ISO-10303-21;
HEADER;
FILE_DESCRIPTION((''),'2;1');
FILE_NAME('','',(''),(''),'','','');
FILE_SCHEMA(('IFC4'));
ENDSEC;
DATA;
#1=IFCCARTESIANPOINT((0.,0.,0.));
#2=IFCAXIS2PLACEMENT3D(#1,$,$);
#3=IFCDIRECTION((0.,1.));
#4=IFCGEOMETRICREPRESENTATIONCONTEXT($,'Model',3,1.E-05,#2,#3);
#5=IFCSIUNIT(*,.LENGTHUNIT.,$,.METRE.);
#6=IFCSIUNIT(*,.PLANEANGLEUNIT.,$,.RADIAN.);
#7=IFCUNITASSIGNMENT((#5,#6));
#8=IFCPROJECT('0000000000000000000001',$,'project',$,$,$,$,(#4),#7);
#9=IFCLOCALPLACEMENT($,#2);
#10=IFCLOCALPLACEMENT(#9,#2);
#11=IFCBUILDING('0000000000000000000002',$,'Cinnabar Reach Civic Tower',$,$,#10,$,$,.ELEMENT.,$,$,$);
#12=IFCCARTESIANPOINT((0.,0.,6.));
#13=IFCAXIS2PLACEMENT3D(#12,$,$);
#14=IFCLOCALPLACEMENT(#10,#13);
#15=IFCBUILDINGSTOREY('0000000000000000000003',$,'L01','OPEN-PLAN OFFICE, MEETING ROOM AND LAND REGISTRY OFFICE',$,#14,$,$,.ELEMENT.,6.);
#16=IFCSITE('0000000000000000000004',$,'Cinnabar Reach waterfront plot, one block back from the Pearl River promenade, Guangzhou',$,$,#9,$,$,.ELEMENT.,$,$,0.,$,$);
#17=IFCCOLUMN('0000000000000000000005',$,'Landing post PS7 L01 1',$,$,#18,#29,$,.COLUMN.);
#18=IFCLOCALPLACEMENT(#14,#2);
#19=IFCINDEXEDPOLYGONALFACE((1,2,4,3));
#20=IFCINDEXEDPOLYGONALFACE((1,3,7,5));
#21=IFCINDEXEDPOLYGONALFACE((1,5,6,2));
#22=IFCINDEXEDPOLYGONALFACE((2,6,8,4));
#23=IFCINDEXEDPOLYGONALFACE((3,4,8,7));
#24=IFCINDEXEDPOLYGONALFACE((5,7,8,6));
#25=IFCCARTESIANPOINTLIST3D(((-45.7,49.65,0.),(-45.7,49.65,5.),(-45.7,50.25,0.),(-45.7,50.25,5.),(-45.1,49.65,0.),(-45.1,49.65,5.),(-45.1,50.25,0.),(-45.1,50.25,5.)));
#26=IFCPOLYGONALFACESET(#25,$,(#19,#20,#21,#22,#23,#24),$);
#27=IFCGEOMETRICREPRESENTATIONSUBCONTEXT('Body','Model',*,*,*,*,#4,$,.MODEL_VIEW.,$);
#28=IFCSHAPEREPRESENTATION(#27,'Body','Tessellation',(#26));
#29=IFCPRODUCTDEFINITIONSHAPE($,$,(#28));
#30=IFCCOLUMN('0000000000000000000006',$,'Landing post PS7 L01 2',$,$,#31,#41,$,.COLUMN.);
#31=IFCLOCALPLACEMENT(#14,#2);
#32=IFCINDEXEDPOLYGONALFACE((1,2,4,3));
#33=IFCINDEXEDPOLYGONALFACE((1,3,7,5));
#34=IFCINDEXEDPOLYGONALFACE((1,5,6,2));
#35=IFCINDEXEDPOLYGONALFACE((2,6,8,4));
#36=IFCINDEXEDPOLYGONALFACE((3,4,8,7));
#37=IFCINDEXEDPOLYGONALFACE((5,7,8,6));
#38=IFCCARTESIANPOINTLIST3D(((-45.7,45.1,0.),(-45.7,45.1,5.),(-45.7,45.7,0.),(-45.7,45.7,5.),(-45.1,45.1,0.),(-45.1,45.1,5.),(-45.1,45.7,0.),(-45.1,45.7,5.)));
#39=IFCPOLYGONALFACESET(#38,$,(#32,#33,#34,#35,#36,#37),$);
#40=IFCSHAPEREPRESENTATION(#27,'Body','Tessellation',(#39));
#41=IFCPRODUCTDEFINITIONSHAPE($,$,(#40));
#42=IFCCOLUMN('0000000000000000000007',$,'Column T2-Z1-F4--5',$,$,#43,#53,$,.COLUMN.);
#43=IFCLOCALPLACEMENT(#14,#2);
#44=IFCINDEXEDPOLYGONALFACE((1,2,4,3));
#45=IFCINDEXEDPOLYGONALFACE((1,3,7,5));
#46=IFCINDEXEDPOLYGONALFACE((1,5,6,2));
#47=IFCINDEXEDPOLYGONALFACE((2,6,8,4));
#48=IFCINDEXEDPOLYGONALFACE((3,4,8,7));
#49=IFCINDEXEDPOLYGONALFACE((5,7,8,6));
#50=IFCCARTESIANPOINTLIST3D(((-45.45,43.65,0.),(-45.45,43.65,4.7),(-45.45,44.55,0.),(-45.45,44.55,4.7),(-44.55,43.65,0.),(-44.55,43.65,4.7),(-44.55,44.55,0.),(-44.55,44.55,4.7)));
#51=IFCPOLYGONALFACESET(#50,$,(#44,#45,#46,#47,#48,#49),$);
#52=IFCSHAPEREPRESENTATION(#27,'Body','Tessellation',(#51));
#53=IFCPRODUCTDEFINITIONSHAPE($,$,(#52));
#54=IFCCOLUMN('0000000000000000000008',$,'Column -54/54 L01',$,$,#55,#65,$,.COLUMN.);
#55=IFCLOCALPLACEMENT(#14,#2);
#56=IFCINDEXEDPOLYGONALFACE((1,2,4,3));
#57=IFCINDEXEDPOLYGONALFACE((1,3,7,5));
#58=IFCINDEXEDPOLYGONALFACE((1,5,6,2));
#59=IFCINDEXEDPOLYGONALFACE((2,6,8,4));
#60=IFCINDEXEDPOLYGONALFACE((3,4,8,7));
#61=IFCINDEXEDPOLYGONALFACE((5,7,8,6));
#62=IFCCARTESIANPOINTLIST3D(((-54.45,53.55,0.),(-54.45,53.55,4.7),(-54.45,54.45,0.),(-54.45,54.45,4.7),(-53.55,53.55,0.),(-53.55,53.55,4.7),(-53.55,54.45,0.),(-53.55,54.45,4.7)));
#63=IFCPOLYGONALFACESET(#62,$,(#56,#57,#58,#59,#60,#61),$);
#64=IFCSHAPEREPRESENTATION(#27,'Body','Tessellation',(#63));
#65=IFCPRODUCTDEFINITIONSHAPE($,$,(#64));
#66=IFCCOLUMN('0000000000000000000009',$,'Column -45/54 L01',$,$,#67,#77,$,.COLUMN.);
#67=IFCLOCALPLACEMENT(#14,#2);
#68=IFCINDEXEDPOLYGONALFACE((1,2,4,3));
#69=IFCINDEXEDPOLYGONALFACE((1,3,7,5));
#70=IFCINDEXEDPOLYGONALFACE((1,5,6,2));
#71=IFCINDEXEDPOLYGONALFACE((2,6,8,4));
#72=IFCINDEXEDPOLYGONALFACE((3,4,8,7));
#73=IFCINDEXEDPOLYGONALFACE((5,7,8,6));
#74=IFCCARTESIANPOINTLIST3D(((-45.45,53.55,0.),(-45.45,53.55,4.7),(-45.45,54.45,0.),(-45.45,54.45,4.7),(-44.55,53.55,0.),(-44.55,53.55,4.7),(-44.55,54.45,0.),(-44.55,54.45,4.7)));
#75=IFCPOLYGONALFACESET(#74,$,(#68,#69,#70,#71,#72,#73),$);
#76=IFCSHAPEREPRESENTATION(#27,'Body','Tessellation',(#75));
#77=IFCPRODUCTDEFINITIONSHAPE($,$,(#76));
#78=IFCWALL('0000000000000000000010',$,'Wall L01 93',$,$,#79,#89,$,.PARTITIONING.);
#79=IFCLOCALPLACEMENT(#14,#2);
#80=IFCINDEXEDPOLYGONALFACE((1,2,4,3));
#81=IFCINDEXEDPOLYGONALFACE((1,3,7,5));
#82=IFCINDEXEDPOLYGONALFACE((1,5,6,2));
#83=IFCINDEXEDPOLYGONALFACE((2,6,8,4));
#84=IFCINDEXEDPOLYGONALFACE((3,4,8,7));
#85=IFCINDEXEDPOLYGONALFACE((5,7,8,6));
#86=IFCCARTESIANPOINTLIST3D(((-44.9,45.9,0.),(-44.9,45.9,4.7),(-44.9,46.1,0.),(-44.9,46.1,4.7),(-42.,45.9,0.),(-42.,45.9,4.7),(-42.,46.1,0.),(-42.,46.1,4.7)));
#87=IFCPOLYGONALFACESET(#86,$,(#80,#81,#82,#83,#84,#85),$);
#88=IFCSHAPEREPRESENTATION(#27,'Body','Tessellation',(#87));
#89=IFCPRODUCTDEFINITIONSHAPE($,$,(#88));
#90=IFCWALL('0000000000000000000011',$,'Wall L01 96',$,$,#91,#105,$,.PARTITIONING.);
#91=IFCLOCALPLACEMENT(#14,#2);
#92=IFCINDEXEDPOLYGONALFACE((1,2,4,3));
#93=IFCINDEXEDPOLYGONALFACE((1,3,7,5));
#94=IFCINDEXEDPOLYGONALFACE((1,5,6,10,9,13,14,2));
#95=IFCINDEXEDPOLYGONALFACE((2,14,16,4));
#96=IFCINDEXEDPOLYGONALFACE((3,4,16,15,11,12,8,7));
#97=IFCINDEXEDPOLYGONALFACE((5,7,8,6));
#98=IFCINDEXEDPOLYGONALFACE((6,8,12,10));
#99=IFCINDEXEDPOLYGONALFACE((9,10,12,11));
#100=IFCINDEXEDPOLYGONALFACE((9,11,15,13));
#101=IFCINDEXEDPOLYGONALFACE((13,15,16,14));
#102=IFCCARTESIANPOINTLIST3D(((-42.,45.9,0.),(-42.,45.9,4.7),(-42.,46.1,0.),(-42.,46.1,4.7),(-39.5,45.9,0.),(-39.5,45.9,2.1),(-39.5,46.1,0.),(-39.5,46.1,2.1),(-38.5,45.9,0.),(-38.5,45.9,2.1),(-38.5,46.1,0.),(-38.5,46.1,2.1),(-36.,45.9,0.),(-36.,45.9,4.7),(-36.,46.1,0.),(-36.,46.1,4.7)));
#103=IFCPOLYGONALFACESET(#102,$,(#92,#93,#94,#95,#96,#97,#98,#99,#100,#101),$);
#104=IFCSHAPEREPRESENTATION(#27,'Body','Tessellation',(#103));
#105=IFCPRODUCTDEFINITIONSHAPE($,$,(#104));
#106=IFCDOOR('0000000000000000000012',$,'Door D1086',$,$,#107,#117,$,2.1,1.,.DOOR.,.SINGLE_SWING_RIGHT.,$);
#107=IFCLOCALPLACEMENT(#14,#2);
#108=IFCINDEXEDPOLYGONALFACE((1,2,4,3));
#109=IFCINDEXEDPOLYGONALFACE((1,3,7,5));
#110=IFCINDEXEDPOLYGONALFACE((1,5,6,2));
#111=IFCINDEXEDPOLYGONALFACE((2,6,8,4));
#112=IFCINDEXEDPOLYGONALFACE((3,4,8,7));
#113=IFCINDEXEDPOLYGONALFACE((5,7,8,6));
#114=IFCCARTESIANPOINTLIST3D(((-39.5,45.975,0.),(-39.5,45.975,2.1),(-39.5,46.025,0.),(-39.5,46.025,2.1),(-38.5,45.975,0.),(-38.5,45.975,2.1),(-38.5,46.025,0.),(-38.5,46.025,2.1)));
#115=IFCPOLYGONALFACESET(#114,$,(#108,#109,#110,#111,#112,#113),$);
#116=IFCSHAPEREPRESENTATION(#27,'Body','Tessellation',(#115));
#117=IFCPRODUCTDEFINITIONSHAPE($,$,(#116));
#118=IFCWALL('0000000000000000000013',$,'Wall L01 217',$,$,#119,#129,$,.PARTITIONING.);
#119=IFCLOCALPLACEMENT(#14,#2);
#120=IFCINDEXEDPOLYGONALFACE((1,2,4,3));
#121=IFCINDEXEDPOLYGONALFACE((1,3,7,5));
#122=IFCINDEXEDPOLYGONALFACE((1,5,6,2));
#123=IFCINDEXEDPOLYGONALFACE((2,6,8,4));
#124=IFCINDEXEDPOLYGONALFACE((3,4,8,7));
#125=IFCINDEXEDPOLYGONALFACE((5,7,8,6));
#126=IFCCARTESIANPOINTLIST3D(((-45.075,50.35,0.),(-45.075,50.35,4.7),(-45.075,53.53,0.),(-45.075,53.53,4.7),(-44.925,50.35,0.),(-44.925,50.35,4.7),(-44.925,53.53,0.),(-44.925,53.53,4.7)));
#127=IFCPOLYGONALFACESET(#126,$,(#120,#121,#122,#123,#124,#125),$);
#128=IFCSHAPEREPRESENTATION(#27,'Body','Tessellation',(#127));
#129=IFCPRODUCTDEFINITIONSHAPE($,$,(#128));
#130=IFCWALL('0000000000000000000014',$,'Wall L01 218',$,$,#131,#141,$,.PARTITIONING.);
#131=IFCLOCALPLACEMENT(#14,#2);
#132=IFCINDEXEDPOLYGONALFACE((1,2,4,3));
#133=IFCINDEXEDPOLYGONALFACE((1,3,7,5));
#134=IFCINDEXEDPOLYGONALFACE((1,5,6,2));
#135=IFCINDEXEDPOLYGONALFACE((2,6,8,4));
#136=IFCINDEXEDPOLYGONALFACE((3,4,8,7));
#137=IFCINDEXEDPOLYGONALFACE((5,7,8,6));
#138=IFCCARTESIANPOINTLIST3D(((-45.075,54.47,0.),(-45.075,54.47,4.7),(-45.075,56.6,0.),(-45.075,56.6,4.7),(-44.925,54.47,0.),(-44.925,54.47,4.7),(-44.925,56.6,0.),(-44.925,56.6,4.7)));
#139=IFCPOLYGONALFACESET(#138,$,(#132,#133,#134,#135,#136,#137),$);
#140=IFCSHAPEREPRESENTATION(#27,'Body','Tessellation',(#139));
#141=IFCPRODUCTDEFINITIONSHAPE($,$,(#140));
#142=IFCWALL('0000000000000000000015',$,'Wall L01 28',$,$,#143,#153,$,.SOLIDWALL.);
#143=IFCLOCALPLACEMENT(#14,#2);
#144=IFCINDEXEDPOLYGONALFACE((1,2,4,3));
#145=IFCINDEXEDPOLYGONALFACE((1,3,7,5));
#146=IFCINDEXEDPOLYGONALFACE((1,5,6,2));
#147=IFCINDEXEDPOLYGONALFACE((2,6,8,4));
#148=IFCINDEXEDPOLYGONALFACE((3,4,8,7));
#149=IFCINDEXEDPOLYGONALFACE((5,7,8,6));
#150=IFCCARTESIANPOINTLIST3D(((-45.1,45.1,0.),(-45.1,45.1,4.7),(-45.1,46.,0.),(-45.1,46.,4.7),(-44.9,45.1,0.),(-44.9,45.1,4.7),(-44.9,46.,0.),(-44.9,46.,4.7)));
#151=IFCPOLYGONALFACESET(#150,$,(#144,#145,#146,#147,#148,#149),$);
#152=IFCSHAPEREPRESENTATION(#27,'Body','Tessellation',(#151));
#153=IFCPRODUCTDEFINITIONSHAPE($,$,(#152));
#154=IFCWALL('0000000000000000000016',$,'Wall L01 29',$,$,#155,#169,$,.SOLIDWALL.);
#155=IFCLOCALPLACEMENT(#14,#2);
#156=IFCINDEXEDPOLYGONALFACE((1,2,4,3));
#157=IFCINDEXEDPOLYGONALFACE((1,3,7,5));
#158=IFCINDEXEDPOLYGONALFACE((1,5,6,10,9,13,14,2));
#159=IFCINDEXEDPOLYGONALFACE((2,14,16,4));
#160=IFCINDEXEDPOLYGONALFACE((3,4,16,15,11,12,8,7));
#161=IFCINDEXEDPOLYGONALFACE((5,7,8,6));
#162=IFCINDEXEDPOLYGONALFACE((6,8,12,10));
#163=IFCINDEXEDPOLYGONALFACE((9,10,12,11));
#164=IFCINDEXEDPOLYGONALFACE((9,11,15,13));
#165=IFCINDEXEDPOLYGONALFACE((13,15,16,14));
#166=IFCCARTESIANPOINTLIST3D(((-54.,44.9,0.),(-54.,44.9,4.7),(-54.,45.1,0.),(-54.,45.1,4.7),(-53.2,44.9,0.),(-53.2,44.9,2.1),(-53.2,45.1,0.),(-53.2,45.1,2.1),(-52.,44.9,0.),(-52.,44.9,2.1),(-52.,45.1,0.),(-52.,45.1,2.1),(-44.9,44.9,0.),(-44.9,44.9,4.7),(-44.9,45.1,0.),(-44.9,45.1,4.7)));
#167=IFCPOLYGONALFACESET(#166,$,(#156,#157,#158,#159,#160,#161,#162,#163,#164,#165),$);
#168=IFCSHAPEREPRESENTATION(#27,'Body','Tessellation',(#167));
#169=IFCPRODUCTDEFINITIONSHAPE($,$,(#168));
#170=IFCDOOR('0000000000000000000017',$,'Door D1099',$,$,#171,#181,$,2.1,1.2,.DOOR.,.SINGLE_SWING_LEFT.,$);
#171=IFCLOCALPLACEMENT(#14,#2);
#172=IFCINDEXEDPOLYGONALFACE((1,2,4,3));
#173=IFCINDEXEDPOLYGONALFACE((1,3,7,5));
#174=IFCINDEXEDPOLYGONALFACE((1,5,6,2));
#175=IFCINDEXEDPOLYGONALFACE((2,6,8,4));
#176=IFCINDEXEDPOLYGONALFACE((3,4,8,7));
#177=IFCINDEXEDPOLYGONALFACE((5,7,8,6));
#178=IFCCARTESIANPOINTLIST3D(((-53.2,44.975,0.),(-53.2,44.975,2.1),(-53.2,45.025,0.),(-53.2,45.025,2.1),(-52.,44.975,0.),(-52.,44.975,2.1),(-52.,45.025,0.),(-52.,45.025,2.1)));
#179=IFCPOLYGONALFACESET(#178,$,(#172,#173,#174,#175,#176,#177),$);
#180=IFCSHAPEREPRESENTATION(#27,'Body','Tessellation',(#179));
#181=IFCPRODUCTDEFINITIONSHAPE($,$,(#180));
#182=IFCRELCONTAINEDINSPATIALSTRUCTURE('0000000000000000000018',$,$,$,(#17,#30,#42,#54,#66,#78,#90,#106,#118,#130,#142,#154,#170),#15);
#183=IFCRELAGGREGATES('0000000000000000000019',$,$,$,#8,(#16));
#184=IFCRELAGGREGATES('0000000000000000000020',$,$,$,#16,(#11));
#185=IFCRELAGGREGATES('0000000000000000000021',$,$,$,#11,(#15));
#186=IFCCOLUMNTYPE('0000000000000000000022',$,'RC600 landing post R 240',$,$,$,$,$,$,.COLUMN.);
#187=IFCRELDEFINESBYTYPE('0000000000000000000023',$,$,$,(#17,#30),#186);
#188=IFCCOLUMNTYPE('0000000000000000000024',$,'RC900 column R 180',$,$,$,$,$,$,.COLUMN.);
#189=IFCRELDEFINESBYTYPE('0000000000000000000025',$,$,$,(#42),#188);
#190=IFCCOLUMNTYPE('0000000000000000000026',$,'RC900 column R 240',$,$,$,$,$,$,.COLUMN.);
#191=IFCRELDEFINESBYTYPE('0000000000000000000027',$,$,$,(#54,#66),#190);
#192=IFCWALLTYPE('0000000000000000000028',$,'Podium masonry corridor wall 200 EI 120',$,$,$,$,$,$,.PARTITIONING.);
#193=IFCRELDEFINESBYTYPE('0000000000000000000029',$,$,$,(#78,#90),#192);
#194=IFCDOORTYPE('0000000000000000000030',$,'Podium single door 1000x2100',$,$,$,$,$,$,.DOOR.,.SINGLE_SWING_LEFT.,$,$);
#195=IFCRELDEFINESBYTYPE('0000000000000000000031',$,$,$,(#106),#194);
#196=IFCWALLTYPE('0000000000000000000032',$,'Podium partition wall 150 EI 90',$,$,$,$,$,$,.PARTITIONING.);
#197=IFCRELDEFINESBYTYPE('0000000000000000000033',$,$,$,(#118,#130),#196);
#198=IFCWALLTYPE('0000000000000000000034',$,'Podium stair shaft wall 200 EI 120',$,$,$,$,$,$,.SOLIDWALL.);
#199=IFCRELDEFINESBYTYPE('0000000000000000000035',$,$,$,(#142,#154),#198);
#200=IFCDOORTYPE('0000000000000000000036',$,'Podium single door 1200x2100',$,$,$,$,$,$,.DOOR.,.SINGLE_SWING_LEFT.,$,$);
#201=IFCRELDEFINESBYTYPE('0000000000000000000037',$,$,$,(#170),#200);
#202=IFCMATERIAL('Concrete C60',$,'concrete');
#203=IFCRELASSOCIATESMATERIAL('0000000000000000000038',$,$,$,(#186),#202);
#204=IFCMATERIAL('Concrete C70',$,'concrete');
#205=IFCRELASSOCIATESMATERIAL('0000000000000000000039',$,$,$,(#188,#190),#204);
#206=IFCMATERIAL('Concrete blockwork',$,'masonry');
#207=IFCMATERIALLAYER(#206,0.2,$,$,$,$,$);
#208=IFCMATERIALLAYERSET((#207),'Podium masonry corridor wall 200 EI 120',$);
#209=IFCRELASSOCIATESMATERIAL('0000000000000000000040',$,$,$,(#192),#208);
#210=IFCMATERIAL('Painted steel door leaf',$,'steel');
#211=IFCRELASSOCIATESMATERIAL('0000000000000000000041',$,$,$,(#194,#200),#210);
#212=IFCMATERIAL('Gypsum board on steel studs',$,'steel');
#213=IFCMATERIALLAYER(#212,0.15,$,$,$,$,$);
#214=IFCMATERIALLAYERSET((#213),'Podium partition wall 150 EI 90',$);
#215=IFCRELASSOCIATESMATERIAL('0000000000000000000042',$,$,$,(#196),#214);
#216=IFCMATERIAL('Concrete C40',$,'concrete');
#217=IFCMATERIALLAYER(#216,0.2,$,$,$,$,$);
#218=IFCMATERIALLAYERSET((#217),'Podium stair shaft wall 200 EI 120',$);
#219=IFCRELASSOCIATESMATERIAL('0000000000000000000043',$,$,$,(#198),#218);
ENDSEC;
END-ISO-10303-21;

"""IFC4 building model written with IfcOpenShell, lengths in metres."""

from ifc_helpers import new_model, si_unit, direction, frame, frame_2d, origin, origin_2d, place, context, subcontext, project, spatial, rectangle, extrude, material, layer, layer_set, material_profile, profile_set, type_object, element, fill, save


model = new_model("IFC4")

# Units and contexts
model_context = context("Model", 3, precision=1e-05, world=origin(), true_north=direction((0.0, 1.0)))
body_context = subcontext(model_context, "Body", "Model", "MODEL_VIEW")
ifc_project = project(units=[si_unit("LENGTHUNIT", "METRE"), si_unit("PLANEANGLEUNIT", "RADIAN")], contexts=[model_context])

# Site, building, storey
site_placement = place(None, origin())
site = spatial("IfcSite", under=ifc_project, at=site_placement, Name="Cinnabar Reach waterfront plot, one block back from the Pearl River promenade, Guangzhou", CompositionType="ELEMENT", RefElevation=0.0)
building_placement = place(site_placement, origin())
building = spatial("IfcBuilding", under=site, at=building_placement, Name="Cinnabar Reach Civic Tower", CompositionType="ELEMENT")
storey_placement = place(building_placement, frame((0.0, 0.0, 6.0)))
storey = spatial("IfcBuildingStorey", under=building, at=storey_placement, Name="L01", Description="OPEN-PLAN OFFICE, MEETING ROOM AND LAND REGISTRY OFFICE", CompositionType="ELEMENT", Elevation=6.0)

# Columns
ifc_material_1 = material(Name="Concrete C60", Category="concrete")
ifc_material_profile_1 = material_profile(ifc_material_1, rectangle(XDim=0.6, YDim=0.6, at=origin_2d()), Name="RC600")
ifc_profile_set_1 = profile_set([ifc_material_profile_1], Name="Concrete C60")
column_type_1 = type_object("IfcColumnType", Name="RC600 landing post R 240", PredefinedType="COLUMN", material=ifc_profile_set_1)
for number, where, z_axis, x_axis, name in (
    (1, (-45.4, 49.95, 0.0), (0.0, 0.0, 1.0), (1.0, 0.0, 0.0), "Landing post PS7 L01 1"),
    (2, (-45.4, 45.4, 0.0), (0.0, 0.0, 1.0), (1.0, 0.0, 0.0), "Landing post PS7 L01 2"),
):
    element("IfcColumn", number, at=place(storey_placement, frame(where, z_axis=z_axis, x_axis=x_axis)), inside=storey, type_object=column_type_1, Name=name, PredefinedType="COLUMN", context=body_context, shape_type="SweptSolid", body=[
        extrude(rectangle(XDim=0.6, YDim=0.6, at=origin_2d()), origin(), (0.0, 0.0, 1.0), 5.0),
    ])
ifc_material_2 = material(Name="Concrete C70", Category="concrete")
ifc_material_profile_2 = material_profile(ifc_material_2, rectangle(XDim=0.9, YDim=0.9, at=origin_2d()), Name="RC900")
ifc_profile_set_2 = profile_set([ifc_material_profile_2], Name="Concrete C70")
column_type_2 = type_object("IfcColumnType", Name="RC900 column R 180", PredefinedType="COLUMN", material=ifc_profile_set_2)
column_placement = place(storey_placement, frame((-45.0, 44.1, 0.0), z_axis=(0.0, 0.0, 1.0), x_axis=(1.0, 0.0, 0.0)))
element("IfcColumn", 3, at=column_placement, inside=storey, type_object=column_type_2, Name="Column T2-Z1-F4--5", PredefinedType="COLUMN", context=body_context, shape_type="SweptSolid", body=[
    extrude(rectangle(XDim=0.9, YDim=0.9, at=origin_2d()), origin(), (0.0, 0.0, 1.0), 4.7),
])
ifc_material_profile_3 = material_profile(ifc_material_2, rectangle(XDim=0.9, YDim=0.9, at=origin_2d()), Name="RC900")
ifc_profile_set_3 = profile_set([ifc_material_profile_3], Name="Concrete C70")
column_type_3 = type_object("IfcColumnType", Name="RC900 column R 240", PredefinedType="COLUMN", material=ifc_profile_set_3)
for number, where, z_axis, x_axis, name in (
    (4, (-54.0, 54.0, 0.0), (0.0, 0.0, 1.0), (1.0, 0.0, 0.0), "Column -54/54 L01"),
    (5, (-45.0, 54.0, 0.0), (0.0, 0.0, 1.0), (1.0, 0.0, 0.0), "Column -45/54 L01"),
):
    element("IfcColumn", number, at=place(storey_placement, frame(where, z_axis=z_axis, x_axis=x_axis)), inside=storey, type_object=column_type_3, Name=name, PredefinedType="COLUMN", context=body_context, shape_type="SweptSolid", body=[
        extrude(rectangle(XDim=0.9, YDim=0.9, at=origin_2d()), origin(), (0.0, 0.0, 1.0), 4.7),
    ])

# Wall
ifc_material_3 = material(Name="Concrete blockwork", Category="masonry")
ifc_layer_1 = layer(ifc_material_3, 0.2)
ifc_layer_set_1 = layer_set([ifc_layer_1], Name="Podium masonry corridor wall 200 EI 120")
wall_type_1 = type_object("IfcWallType", Name="Podium masonry corridor wall 200 EI 120", PredefinedType="PARTITIONING", material=ifc_layer_set_1)
wall_1_placement = place(storey_placement, frame((-44.9, 46.0, 0.0), z_axis=(0.0, 0.0, 1.0), x_axis=(1.0, 0.0, 0.0)))
element("IfcWall", 6, at=wall_1_placement, inside=storey, type_object=wall_type_1, Name="Wall L01 93", PredefinedType="PARTITIONING", context=body_context, shape_type="SweptSolid", body=[
    extrude(rectangle(XDim=2.9, YDim=0.2, at=frame_2d((1.45, 0.0))), origin(), (0.0, 0.0, 1.0), 4.7),
])

# Wall, opening, door
wall_2_placement = place(storey_placement, frame((-42.0, 46.0, 0.0), z_axis=(0.0, 0.0, 1.0), x_axis=(1.0, 0.0, 0.0)))
wall_2 = element("IfcWall", 7, at=wall_2_placement, inside=storey, type_object=wall_type_1, Name="Wall L01 96", PredefinedType="PARTITIONING", context=body_context, shape_type="SweptSolid", body=[
    extrude(rectangle(XDim=6.0, YDim=0.2, at=frame_2d((3.0, 0.0))), origin(), (0.0, 0.0, 1.0), 4.7),
])
opening_1_placement = place(wall_2_placement, frame((2.5, 0.0, 0.0)))
opening_1 = element("IfcOpeningElement", 8, at=opening_1_placement, cuts=wall_2, PredefinedType="OPENING", context=body_context, shape_type="SweptSolid", body=[
    extrude(rectangle(XDim=1.0, YDim=2.1, at=frame_2d((0.5, 1.05))), frame((0.0, 0.11, 0.0), z_axis=(0.0, -1.0, 0.0), x_axis=(1.0, 0.0, 0.0)), (0.0, 0.0, 1.0), 0.22),
])
ifc_material_4 = material(Name="Painted steel door leaf", Category="steel")
door_type_1 = type_object("IfcDoorType", Name="Podium single door 1000x2100", OperationType="SINGLE_SWING_LEFT", PredefinedType="DOOR", material=ifc_material_4)
door_1_placement = place(opening_1_placement, origin())
door_1 = element("IfcDoor", 9, at=door_1_placement, inside=storey, type_object=door_type_1, Name="Door D1086", OperationType="SINGLE_SWING_RIGHT", OverallHeight=2.1, OverallWidth=1.0, PredefinedType="DOOR", context=body_context, shape_type="SweptSolid", body=[
    extrude(rectangle(XDim=1.0, YDim=2.1, at=frame_2d((0.5, 1.05))), frame((0.0, 0.025, 0.0), z_axis=(0.0, -1.0, 0.0), x_axis=(1.0, 0.0, 0.0)), (0.0, 0.0, 1.0), 0.05),
])
fill(opening_1, door_1)

# Walls
ifc_material_5 = material(Name="Gypsum board on steel studs", Category="steel")
ifc_layer_2 = layer(ifc_material_5, 0.15)
ifc_layer_set_2 = layer_set([ifc_layer_2], Name="Podium partition wall 150 EI 90")
wall_type_2 = type_object("IfcWallType", Name="Podium partition wall 150 EI 90", PredefinedType="PARTITIONING", material=ifc_layer_set_2)
wall_3_placement = place(storey_placement, frame((-45.0, 50.35, 0.0), z_axis=(0.0, 0.0, 1.0), x_axis=(0.0, 1.0, 0.0)))
element("IfcWall", 10, at=wall_3_placement, inside=storey, type_object=wall_type_2, Name="Wall L01 217", PredefinedType="PARTITIONING", context=body_context, shape_type="SweptSolid", body=[
    extrude(rectangle(XDim=3.18, YDim=0.15, at=frame_2d((1.59, 0.0))), origin(), (0.0, 0.0, 1.0), 4.7),
])
wall_4_placement = place(storey_placement, frame((-45.0, 54.47, 0.0), z_axis=(0.0, 0.0, 1.0), x_axis=(0.0, 1.0, 0.0)))
element("IfcWall", 11, at=wall_4_placement, inside=storey, type_object=wall_type_2, Name="Wall L01 218", PredefinedType="PARTITIONING", context=body_context, shape_type="SweptSolid", body=[
    extrude(rectangle(XDim=2.13, YDim=0.15, at=frame_2d((1.065, 0.0))), origin(), (0.0, 0.0, 1.0), 4.7),
])
ifc_material_6 = material(Name="Concrete C40", Category="concrete")
ifc_layer_3 = layer(ifc_material_6, 0.2)
ifc_layer_set_3 = layer_set([ifc_layer_3], Name="Podium stair shaft wall 200 EI 120")
wall_type_3 = type_object("IfcWallType", Name="Podium stair shaft wall 200 EI 120", PredefinedType="SOLIDWALL", material=ifc_layer_set_3)
wall_5_placement = place(storey_placement, frame((-45.0, 45.1, 0.0), z_axis=(0.0, 0.0, 1.0), x_axis=(0.0, 1.0, 0.0)))
element("IfcWall", 12, at=wall_5_placement, inside=storey, type_object=wall_type_3, Name="Wall L01 28", PredefinedType="SOLIDWALL", context=body_context, shape_type="SweptSolid", body=[
    extrude(rectangle(XDim=0.9, YDim=0.2, at=frame_2d((0.45, 0.0))), origin(), (0.0, 0.0, 1.0), 4.7),
])

# Wall, opening, door
wall_6_placement = place(storey_placement, frame((-54.0, 45.0, 0.0), z_axis=(0.0, 0.0, 1.0), x_axis=(1.0, 0.0, 0.0)))
wall_6 = element("IfcWall", 13, at=wall_6_placement, inside=storey, type_object=wall_type_3, Name="Wall L01 29", PredefinedType="SOLIDWALL", context=body_context, shape_type="SweptSolid", body=[
    extrude(rectangle(XDim=9.1, YDim=0.2, at=frame_2d((4.55, 0.0))), origin(), (0.0, 0.0, 1.0), 4.7),
])
opening_2_placement = place(wall_6_placement, frame((0.8, 0.0, 0.0)))
opening_2 = element("IfcOpeningElement", 14, at=opening_2_placement, cuts=wall_6, PredefinedType="OPENING", context=body_context, shape_type="SweptSolid", body=[
    extrude(rectangle(XDim=1.2, YDim=2.1, at=frame_2d((0.6, 1.05))), frame((0.0, 0.11, 0.0), z_axis=(0.0, -1.0, 0.0), x_axis=(1.0, 0.0, 0.0)), (0.0, 0.0, 1.0), 0.22),
])
door_type_2 = type_object("IfcDoorType", Name="Podium single door 1200x2100", OperationType="SINGLE_SWING_LEFT", PredefinedType="DOOR", material=ifc_material_4)
door_2_placement = place(opening_2_placement, origin())
door_2 = element("IfcDoor", 15, at=door_2_placement, inside=storey, type_object=door_type_2, Name="Door D1099", OperationType="SINGLE_SWING_LEFT", OverallHeight=2.1, OverallWidth=1.2, PredefinedType="DOOR", context=body_context, shape_type="SweptSolid", body=[
    extrude(rectangle(XDim=1.2, YDim=2.1, at=frame_2d((0.6, 1.05))), frame((0.0, 0.025, 0.0), z_axis=(0.0, -1.0, 0.0), x_axis=(1.0, 0.0, 0.0)), (0.0, 0.0, 1.0), 0.05),
])
fill(opening_2, door_2)

save(model, "model.ifc")
